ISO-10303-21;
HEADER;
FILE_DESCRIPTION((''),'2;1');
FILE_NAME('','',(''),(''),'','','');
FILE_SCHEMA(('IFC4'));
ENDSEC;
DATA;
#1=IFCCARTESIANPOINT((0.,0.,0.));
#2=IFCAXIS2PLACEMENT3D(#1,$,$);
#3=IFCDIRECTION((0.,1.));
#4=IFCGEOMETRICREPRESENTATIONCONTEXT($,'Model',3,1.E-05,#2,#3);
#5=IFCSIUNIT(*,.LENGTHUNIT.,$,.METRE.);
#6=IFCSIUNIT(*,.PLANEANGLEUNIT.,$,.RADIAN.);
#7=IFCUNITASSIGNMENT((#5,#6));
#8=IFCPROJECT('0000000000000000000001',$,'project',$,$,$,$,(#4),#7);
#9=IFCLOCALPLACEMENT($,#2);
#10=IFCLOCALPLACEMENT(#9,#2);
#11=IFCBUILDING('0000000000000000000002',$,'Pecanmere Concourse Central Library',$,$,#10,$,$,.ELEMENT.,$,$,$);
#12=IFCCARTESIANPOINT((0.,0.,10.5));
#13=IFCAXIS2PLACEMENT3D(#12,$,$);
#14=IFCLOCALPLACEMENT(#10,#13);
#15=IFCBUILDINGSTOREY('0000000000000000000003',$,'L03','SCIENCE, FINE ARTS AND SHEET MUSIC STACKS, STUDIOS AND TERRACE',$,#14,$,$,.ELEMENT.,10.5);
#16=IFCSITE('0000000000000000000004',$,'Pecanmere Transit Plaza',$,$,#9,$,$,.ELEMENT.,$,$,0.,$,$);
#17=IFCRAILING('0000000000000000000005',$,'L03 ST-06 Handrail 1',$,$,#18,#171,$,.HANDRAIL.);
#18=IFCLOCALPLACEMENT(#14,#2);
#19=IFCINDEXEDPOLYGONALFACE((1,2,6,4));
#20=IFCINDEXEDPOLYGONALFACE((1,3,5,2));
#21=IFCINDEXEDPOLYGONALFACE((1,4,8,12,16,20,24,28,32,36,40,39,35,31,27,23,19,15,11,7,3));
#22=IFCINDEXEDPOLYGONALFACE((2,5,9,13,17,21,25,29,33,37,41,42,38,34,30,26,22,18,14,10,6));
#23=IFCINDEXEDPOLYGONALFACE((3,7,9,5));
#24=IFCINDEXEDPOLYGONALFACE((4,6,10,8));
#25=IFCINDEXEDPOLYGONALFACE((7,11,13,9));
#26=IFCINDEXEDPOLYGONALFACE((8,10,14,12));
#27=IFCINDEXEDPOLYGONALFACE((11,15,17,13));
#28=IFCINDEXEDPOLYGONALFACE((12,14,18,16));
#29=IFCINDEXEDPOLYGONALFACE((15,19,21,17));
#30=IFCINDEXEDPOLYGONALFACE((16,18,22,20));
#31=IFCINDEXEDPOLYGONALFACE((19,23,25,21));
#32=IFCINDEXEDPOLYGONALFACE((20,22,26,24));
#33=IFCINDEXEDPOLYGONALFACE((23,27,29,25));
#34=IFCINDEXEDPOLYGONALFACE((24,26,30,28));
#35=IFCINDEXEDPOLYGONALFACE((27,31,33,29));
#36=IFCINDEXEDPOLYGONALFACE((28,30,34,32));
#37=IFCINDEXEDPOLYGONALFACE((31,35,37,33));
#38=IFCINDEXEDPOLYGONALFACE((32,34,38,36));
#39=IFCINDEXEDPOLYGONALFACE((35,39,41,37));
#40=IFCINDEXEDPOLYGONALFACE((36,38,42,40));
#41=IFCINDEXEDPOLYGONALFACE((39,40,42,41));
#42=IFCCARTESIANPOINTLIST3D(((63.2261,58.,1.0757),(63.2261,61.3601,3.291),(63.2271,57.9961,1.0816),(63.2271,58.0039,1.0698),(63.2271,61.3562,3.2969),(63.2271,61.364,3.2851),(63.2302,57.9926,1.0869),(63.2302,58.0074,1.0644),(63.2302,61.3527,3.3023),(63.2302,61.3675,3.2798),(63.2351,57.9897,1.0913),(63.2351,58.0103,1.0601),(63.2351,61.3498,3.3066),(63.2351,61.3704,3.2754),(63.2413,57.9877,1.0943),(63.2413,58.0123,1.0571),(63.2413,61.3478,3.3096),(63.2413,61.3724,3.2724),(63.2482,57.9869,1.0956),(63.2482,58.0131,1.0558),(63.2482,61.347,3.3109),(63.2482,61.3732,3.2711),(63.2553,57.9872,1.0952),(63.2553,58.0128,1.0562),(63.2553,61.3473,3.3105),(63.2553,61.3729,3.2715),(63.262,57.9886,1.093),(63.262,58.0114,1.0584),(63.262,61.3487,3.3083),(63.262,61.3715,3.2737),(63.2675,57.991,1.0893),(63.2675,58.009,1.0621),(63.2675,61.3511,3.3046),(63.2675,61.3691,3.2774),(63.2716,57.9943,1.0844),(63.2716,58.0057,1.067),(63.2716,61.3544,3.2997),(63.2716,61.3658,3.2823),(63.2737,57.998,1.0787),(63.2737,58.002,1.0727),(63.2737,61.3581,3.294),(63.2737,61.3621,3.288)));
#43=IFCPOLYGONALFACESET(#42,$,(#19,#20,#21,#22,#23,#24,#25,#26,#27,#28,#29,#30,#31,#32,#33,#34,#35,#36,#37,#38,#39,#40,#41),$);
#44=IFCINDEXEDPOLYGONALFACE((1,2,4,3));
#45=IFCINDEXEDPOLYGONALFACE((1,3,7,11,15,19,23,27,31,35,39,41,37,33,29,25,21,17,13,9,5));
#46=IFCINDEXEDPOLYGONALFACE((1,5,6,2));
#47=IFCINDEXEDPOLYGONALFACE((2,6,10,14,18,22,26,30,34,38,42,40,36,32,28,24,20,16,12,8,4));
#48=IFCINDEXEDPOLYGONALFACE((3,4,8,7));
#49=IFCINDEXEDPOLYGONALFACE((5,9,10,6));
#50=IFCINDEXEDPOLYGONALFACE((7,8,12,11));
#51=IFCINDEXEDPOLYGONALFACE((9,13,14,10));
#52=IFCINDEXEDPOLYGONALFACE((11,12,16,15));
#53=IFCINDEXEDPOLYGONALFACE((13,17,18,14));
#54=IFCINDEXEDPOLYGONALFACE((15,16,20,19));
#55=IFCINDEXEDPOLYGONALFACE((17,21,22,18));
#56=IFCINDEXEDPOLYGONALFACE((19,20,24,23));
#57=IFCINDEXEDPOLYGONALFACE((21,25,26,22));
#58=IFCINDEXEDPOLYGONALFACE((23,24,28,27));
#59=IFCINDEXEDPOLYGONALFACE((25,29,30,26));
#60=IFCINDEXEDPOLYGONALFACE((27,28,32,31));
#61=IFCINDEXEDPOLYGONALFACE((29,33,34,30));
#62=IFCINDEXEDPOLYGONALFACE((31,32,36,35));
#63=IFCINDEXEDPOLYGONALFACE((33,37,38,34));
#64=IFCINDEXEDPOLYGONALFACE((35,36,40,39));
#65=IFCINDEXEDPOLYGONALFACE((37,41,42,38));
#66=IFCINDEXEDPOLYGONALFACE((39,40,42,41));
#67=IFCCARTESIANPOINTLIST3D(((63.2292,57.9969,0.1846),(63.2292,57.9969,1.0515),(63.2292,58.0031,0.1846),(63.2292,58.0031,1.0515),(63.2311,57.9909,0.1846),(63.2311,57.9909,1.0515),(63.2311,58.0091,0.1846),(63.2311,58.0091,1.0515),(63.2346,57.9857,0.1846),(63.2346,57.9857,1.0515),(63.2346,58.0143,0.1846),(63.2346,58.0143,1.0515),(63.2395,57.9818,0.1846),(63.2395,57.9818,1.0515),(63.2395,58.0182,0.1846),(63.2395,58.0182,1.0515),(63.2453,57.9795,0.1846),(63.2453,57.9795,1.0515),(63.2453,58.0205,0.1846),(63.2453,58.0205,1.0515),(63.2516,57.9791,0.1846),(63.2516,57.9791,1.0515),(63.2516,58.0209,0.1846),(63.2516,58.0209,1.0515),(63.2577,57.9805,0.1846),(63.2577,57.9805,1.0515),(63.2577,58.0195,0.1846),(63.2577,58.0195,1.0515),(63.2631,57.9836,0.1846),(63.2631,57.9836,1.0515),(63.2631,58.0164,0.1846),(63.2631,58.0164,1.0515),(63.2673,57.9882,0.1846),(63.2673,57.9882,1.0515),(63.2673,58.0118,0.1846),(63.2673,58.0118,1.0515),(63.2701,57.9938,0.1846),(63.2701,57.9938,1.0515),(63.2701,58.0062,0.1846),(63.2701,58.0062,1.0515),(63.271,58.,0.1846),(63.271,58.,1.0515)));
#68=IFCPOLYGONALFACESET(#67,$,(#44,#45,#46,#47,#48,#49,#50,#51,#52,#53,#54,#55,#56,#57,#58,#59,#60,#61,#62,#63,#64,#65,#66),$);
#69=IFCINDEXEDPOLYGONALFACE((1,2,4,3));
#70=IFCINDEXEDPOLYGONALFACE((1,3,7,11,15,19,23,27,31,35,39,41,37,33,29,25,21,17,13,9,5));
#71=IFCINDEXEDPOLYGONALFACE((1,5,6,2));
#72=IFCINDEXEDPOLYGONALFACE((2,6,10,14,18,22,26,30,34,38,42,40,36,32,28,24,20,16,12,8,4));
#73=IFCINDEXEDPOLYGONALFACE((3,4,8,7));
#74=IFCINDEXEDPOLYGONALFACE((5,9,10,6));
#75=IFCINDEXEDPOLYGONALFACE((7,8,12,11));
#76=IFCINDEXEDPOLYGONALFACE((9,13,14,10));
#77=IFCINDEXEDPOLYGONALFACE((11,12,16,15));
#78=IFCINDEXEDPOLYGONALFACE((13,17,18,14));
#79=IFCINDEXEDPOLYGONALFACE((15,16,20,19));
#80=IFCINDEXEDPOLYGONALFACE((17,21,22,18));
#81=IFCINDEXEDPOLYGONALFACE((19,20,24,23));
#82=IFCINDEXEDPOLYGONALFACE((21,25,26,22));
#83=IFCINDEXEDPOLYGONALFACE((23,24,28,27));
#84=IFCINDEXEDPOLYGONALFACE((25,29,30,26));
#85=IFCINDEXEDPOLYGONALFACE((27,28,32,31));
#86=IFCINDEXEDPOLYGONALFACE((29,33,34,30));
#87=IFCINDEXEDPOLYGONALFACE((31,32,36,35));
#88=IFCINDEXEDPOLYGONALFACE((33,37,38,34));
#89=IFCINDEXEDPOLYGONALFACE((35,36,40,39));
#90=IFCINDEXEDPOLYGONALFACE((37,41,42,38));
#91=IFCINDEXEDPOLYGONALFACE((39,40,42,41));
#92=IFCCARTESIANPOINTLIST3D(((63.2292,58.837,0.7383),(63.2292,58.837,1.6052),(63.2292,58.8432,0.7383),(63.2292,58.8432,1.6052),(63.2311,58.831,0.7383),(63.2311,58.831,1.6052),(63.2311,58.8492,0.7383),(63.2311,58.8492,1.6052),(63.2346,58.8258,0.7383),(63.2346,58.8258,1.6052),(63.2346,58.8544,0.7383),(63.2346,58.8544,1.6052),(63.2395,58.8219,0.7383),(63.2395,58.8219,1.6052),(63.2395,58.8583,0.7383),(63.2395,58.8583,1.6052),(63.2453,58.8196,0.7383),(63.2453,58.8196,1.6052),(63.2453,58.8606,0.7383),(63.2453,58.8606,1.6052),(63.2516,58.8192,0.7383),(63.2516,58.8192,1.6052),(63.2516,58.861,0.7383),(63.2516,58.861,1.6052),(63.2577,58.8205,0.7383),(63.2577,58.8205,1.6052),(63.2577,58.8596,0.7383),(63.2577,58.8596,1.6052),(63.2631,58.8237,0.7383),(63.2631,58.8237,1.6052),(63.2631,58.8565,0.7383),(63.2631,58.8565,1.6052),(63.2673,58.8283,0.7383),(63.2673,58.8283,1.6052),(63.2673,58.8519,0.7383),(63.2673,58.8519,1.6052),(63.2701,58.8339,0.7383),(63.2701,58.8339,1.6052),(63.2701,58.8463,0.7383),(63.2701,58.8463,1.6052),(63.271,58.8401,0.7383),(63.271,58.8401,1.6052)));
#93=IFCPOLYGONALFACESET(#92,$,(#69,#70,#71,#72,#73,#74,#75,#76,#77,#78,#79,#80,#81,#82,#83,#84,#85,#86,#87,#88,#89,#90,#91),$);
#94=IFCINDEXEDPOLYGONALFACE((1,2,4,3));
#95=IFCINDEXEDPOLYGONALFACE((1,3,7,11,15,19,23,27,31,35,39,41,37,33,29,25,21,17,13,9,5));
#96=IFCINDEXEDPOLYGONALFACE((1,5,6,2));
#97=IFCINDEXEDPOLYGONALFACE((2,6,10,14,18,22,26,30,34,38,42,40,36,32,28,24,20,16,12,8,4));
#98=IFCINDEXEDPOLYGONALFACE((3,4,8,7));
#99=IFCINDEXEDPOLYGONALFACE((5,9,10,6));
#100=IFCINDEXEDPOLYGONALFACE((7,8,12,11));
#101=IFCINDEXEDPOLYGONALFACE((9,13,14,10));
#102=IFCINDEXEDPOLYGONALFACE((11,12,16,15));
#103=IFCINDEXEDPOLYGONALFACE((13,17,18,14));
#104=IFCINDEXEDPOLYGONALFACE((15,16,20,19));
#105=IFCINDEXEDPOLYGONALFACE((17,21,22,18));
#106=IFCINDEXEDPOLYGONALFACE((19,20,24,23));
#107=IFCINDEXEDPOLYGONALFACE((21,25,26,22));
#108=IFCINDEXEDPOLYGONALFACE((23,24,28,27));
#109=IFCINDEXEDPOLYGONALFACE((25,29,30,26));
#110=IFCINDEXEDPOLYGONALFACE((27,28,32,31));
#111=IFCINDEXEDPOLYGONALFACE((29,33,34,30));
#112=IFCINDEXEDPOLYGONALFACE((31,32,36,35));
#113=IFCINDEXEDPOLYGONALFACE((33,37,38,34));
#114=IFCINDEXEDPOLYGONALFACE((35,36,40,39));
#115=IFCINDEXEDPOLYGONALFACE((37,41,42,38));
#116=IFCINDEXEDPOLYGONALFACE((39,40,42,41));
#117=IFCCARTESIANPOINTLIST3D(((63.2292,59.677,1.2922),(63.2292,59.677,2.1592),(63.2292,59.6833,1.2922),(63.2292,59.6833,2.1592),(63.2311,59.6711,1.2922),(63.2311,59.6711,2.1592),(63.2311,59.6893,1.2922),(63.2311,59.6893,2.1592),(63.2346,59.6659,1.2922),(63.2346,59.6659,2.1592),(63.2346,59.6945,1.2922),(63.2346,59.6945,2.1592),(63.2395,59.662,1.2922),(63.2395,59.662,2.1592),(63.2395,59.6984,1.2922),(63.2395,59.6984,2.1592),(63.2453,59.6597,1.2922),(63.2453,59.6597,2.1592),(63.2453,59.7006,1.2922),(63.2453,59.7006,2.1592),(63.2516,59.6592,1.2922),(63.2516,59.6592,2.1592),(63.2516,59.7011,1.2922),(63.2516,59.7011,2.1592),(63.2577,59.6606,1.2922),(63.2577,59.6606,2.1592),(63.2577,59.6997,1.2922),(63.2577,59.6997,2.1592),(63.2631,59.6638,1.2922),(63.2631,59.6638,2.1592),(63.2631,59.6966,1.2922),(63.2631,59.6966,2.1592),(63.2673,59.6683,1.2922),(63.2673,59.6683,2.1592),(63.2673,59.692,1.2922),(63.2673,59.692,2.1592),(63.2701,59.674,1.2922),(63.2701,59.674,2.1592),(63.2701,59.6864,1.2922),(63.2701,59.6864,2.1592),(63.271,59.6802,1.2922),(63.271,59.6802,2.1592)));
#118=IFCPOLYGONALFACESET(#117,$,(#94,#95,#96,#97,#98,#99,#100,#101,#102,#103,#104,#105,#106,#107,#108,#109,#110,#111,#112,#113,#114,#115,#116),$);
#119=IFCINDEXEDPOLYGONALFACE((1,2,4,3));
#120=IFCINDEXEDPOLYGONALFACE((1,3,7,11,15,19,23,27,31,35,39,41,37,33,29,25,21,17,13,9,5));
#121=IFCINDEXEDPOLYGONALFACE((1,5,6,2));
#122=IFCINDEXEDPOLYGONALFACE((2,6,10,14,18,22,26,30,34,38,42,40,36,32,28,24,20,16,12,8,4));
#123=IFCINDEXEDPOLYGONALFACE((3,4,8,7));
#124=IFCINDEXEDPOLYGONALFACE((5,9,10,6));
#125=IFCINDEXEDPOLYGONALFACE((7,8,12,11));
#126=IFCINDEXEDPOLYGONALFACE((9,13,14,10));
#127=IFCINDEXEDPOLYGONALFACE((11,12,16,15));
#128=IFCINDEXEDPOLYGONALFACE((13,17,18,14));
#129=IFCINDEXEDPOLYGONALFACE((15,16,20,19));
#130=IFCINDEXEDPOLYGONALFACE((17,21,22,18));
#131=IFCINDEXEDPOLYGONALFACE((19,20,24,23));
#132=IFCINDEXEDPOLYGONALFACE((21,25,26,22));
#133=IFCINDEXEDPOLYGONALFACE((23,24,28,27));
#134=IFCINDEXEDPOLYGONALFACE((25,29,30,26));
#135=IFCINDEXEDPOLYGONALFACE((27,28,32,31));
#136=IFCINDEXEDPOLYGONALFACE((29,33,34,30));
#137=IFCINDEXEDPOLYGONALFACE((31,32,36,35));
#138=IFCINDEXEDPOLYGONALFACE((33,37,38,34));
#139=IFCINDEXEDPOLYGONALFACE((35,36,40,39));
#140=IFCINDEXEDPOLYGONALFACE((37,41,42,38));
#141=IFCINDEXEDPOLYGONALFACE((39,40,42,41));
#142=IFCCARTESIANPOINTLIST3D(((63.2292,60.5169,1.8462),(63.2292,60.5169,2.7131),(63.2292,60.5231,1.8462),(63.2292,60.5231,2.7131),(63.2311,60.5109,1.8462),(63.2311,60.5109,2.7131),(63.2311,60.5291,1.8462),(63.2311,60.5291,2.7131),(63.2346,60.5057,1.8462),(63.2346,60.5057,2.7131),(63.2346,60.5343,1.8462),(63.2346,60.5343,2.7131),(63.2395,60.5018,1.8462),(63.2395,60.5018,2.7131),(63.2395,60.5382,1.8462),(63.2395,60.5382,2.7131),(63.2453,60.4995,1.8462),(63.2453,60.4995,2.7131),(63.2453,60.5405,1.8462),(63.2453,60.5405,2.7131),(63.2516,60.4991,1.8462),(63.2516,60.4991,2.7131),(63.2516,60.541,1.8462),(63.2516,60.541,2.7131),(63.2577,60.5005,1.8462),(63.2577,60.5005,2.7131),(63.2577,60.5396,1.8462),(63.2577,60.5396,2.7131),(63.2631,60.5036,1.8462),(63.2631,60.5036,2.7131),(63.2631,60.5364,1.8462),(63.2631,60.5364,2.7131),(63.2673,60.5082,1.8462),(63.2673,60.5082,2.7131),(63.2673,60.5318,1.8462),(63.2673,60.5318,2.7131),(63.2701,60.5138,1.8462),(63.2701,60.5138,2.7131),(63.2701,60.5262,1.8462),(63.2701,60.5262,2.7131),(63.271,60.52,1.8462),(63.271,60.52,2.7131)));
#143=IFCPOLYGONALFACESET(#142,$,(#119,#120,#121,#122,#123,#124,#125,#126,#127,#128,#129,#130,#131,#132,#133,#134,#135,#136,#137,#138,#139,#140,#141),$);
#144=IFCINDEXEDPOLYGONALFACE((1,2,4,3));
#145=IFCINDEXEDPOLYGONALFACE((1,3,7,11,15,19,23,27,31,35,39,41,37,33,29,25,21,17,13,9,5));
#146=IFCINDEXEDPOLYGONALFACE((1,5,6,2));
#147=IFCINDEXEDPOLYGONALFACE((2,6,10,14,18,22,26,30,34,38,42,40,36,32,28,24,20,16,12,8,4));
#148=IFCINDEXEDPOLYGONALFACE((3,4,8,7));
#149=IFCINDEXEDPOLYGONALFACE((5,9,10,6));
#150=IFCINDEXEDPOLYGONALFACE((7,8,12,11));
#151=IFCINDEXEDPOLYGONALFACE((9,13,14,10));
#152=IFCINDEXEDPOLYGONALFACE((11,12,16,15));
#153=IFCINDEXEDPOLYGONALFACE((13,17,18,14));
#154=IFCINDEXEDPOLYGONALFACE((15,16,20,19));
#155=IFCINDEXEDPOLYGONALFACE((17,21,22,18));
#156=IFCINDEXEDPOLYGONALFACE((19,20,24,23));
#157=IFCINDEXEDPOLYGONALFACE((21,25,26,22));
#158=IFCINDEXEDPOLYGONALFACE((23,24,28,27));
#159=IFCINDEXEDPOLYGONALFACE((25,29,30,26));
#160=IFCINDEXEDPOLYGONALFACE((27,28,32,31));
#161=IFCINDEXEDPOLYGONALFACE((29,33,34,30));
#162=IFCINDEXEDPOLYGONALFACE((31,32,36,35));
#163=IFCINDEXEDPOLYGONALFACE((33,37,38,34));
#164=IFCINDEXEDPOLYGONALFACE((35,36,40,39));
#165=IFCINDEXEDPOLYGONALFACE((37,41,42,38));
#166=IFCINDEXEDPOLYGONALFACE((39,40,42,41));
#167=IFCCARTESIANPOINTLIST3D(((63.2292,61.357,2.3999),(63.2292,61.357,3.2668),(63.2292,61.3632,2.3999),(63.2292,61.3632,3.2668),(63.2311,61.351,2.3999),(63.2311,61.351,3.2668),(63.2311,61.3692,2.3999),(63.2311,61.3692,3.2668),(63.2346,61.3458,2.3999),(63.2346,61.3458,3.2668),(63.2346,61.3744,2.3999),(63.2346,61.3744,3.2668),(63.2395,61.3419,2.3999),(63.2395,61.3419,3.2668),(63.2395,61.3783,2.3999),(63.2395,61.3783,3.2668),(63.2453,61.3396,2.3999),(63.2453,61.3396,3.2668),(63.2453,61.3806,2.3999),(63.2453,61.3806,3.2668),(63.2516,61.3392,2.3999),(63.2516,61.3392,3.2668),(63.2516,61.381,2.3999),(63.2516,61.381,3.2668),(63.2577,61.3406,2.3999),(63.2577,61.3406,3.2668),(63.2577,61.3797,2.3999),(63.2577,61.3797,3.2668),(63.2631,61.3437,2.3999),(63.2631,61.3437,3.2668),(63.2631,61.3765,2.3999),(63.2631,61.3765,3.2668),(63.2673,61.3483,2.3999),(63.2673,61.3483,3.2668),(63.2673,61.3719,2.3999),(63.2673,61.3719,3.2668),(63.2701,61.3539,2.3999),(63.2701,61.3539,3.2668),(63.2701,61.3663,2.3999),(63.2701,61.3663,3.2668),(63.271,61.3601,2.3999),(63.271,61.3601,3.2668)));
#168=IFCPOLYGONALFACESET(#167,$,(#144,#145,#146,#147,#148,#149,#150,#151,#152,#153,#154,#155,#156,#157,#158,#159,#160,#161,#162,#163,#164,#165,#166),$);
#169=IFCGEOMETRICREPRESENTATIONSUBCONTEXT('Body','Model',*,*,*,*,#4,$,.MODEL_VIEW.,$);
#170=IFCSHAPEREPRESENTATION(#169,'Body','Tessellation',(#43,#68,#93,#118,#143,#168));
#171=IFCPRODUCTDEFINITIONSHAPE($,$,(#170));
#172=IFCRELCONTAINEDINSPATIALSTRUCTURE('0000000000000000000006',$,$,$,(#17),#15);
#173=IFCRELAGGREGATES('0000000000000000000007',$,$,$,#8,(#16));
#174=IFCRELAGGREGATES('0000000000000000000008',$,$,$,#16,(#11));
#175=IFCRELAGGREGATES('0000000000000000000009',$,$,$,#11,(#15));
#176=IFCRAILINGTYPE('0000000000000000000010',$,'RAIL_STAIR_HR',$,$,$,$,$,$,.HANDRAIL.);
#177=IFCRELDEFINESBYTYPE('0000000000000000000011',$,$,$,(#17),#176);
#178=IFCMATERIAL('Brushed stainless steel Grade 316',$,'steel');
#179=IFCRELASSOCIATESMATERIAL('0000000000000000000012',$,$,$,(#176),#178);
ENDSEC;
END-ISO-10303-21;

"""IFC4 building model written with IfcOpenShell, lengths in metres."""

from ifc_helpers import new_model, si_unit, direction, frame, origin, origin_2d, place, context, subcontext, project, spatial, circle, extrude, material, type_object, element, save


model = new_model("IFC4")

# Units and contexts
model_context = context("Model", 3, precision=1e-05, world=origin(), true_north=direction((0.0, 1.0)))
body_context = subcontext(model_context, "Body", "Model", "MODEL_VIEW")
ifc_project = project(units=[si_unit("LENGTHUNIT", "METRE"), si_unit("PLANEANGLEUNIT", "RADIAN")], contexts=[model_context])

# Site, building, storey
site_placement = place(None, origin())
site = spatial("IfcSite", under=ifc_project, at=site_placement, Name="Pecanmere Transit Plaza", CompositionType="ELEMENT", RefElevation=0.0)
building_placement = place(site_placement, origin())
building = spatial("IfcBuilding", under=site, at=building_placement, Name="Pecanmere Concourse Central Library", CompositionType="ELEMENT")
storey_placement = place(building_placement, frame((0.0, 0.0, 10.5)))
storey = spatial("IfcBuildingStorey", under=building, at=storey_placement, Name="L03", Description="SCIENCE, FINE ARTS AND SHEET MUSIC STACKS, STUDIOS AND TERRACE", CompositionType="ELEMENT", Elevation=10.5)

# Railing
ifc_material_1 = material(Name="Brushed stainless steel Grade 316", Category="steel")
railing_type = type_object("IfcRailingType", Name="RAIL_STAIR_HR", PredefinedType="HANDRAIL", material=ifc_material_1)
railing_placement = place(storey_placement, frame((63.25, 58.0, 0.1846)))
element("IfcRailing", 1, at=railing_placement, inside=storey, type_object=railing_type, Name="L03 ST-06 Handrail 1", PredefinedType="HANDRAIL", context=body_context, shape_type="SweptSolid", body=[
    extrude(circle(Radius=0.0239, at=origin_2d()), frame((0.0, 0.0, 0.8911), z_axis=(0.0, 0.834876, 0.550437), x_axis=(-1.0, 0.0, 0.0)), (0.0, 0.0, 1.0), 4.0247),
    extrude(circle(Radius=0.021, at=origin_2d()), origin(), (0.0, 0.0, 1.0), 0.8669),
    extrude(circle(Radius=0.021, at=origin_2d()), frame((0.0, 0.8401, 0.5537)), (0.0, 0.0, 1.0), 0.8669),
    extrude(circle(Radius=0.021, at=origin_2d()), frame((0.0, 1.6802, 1.1077)), (0.0, 0.0, 1.0), 0.8669),
    extrude(circle(Radius=0.021, at=origin_2d()), frame((0.0, 2.52, 1.6616)), (0.0, 0.0, 1.0), 0.8669),
    extrude(circle(Radius=0.021, at=origin_2d()), frame((0.0, 3.3601, 2.2153)), (0.0, 0.0, 1.0), 0.8669),
])

save(model, "model.ifc")
